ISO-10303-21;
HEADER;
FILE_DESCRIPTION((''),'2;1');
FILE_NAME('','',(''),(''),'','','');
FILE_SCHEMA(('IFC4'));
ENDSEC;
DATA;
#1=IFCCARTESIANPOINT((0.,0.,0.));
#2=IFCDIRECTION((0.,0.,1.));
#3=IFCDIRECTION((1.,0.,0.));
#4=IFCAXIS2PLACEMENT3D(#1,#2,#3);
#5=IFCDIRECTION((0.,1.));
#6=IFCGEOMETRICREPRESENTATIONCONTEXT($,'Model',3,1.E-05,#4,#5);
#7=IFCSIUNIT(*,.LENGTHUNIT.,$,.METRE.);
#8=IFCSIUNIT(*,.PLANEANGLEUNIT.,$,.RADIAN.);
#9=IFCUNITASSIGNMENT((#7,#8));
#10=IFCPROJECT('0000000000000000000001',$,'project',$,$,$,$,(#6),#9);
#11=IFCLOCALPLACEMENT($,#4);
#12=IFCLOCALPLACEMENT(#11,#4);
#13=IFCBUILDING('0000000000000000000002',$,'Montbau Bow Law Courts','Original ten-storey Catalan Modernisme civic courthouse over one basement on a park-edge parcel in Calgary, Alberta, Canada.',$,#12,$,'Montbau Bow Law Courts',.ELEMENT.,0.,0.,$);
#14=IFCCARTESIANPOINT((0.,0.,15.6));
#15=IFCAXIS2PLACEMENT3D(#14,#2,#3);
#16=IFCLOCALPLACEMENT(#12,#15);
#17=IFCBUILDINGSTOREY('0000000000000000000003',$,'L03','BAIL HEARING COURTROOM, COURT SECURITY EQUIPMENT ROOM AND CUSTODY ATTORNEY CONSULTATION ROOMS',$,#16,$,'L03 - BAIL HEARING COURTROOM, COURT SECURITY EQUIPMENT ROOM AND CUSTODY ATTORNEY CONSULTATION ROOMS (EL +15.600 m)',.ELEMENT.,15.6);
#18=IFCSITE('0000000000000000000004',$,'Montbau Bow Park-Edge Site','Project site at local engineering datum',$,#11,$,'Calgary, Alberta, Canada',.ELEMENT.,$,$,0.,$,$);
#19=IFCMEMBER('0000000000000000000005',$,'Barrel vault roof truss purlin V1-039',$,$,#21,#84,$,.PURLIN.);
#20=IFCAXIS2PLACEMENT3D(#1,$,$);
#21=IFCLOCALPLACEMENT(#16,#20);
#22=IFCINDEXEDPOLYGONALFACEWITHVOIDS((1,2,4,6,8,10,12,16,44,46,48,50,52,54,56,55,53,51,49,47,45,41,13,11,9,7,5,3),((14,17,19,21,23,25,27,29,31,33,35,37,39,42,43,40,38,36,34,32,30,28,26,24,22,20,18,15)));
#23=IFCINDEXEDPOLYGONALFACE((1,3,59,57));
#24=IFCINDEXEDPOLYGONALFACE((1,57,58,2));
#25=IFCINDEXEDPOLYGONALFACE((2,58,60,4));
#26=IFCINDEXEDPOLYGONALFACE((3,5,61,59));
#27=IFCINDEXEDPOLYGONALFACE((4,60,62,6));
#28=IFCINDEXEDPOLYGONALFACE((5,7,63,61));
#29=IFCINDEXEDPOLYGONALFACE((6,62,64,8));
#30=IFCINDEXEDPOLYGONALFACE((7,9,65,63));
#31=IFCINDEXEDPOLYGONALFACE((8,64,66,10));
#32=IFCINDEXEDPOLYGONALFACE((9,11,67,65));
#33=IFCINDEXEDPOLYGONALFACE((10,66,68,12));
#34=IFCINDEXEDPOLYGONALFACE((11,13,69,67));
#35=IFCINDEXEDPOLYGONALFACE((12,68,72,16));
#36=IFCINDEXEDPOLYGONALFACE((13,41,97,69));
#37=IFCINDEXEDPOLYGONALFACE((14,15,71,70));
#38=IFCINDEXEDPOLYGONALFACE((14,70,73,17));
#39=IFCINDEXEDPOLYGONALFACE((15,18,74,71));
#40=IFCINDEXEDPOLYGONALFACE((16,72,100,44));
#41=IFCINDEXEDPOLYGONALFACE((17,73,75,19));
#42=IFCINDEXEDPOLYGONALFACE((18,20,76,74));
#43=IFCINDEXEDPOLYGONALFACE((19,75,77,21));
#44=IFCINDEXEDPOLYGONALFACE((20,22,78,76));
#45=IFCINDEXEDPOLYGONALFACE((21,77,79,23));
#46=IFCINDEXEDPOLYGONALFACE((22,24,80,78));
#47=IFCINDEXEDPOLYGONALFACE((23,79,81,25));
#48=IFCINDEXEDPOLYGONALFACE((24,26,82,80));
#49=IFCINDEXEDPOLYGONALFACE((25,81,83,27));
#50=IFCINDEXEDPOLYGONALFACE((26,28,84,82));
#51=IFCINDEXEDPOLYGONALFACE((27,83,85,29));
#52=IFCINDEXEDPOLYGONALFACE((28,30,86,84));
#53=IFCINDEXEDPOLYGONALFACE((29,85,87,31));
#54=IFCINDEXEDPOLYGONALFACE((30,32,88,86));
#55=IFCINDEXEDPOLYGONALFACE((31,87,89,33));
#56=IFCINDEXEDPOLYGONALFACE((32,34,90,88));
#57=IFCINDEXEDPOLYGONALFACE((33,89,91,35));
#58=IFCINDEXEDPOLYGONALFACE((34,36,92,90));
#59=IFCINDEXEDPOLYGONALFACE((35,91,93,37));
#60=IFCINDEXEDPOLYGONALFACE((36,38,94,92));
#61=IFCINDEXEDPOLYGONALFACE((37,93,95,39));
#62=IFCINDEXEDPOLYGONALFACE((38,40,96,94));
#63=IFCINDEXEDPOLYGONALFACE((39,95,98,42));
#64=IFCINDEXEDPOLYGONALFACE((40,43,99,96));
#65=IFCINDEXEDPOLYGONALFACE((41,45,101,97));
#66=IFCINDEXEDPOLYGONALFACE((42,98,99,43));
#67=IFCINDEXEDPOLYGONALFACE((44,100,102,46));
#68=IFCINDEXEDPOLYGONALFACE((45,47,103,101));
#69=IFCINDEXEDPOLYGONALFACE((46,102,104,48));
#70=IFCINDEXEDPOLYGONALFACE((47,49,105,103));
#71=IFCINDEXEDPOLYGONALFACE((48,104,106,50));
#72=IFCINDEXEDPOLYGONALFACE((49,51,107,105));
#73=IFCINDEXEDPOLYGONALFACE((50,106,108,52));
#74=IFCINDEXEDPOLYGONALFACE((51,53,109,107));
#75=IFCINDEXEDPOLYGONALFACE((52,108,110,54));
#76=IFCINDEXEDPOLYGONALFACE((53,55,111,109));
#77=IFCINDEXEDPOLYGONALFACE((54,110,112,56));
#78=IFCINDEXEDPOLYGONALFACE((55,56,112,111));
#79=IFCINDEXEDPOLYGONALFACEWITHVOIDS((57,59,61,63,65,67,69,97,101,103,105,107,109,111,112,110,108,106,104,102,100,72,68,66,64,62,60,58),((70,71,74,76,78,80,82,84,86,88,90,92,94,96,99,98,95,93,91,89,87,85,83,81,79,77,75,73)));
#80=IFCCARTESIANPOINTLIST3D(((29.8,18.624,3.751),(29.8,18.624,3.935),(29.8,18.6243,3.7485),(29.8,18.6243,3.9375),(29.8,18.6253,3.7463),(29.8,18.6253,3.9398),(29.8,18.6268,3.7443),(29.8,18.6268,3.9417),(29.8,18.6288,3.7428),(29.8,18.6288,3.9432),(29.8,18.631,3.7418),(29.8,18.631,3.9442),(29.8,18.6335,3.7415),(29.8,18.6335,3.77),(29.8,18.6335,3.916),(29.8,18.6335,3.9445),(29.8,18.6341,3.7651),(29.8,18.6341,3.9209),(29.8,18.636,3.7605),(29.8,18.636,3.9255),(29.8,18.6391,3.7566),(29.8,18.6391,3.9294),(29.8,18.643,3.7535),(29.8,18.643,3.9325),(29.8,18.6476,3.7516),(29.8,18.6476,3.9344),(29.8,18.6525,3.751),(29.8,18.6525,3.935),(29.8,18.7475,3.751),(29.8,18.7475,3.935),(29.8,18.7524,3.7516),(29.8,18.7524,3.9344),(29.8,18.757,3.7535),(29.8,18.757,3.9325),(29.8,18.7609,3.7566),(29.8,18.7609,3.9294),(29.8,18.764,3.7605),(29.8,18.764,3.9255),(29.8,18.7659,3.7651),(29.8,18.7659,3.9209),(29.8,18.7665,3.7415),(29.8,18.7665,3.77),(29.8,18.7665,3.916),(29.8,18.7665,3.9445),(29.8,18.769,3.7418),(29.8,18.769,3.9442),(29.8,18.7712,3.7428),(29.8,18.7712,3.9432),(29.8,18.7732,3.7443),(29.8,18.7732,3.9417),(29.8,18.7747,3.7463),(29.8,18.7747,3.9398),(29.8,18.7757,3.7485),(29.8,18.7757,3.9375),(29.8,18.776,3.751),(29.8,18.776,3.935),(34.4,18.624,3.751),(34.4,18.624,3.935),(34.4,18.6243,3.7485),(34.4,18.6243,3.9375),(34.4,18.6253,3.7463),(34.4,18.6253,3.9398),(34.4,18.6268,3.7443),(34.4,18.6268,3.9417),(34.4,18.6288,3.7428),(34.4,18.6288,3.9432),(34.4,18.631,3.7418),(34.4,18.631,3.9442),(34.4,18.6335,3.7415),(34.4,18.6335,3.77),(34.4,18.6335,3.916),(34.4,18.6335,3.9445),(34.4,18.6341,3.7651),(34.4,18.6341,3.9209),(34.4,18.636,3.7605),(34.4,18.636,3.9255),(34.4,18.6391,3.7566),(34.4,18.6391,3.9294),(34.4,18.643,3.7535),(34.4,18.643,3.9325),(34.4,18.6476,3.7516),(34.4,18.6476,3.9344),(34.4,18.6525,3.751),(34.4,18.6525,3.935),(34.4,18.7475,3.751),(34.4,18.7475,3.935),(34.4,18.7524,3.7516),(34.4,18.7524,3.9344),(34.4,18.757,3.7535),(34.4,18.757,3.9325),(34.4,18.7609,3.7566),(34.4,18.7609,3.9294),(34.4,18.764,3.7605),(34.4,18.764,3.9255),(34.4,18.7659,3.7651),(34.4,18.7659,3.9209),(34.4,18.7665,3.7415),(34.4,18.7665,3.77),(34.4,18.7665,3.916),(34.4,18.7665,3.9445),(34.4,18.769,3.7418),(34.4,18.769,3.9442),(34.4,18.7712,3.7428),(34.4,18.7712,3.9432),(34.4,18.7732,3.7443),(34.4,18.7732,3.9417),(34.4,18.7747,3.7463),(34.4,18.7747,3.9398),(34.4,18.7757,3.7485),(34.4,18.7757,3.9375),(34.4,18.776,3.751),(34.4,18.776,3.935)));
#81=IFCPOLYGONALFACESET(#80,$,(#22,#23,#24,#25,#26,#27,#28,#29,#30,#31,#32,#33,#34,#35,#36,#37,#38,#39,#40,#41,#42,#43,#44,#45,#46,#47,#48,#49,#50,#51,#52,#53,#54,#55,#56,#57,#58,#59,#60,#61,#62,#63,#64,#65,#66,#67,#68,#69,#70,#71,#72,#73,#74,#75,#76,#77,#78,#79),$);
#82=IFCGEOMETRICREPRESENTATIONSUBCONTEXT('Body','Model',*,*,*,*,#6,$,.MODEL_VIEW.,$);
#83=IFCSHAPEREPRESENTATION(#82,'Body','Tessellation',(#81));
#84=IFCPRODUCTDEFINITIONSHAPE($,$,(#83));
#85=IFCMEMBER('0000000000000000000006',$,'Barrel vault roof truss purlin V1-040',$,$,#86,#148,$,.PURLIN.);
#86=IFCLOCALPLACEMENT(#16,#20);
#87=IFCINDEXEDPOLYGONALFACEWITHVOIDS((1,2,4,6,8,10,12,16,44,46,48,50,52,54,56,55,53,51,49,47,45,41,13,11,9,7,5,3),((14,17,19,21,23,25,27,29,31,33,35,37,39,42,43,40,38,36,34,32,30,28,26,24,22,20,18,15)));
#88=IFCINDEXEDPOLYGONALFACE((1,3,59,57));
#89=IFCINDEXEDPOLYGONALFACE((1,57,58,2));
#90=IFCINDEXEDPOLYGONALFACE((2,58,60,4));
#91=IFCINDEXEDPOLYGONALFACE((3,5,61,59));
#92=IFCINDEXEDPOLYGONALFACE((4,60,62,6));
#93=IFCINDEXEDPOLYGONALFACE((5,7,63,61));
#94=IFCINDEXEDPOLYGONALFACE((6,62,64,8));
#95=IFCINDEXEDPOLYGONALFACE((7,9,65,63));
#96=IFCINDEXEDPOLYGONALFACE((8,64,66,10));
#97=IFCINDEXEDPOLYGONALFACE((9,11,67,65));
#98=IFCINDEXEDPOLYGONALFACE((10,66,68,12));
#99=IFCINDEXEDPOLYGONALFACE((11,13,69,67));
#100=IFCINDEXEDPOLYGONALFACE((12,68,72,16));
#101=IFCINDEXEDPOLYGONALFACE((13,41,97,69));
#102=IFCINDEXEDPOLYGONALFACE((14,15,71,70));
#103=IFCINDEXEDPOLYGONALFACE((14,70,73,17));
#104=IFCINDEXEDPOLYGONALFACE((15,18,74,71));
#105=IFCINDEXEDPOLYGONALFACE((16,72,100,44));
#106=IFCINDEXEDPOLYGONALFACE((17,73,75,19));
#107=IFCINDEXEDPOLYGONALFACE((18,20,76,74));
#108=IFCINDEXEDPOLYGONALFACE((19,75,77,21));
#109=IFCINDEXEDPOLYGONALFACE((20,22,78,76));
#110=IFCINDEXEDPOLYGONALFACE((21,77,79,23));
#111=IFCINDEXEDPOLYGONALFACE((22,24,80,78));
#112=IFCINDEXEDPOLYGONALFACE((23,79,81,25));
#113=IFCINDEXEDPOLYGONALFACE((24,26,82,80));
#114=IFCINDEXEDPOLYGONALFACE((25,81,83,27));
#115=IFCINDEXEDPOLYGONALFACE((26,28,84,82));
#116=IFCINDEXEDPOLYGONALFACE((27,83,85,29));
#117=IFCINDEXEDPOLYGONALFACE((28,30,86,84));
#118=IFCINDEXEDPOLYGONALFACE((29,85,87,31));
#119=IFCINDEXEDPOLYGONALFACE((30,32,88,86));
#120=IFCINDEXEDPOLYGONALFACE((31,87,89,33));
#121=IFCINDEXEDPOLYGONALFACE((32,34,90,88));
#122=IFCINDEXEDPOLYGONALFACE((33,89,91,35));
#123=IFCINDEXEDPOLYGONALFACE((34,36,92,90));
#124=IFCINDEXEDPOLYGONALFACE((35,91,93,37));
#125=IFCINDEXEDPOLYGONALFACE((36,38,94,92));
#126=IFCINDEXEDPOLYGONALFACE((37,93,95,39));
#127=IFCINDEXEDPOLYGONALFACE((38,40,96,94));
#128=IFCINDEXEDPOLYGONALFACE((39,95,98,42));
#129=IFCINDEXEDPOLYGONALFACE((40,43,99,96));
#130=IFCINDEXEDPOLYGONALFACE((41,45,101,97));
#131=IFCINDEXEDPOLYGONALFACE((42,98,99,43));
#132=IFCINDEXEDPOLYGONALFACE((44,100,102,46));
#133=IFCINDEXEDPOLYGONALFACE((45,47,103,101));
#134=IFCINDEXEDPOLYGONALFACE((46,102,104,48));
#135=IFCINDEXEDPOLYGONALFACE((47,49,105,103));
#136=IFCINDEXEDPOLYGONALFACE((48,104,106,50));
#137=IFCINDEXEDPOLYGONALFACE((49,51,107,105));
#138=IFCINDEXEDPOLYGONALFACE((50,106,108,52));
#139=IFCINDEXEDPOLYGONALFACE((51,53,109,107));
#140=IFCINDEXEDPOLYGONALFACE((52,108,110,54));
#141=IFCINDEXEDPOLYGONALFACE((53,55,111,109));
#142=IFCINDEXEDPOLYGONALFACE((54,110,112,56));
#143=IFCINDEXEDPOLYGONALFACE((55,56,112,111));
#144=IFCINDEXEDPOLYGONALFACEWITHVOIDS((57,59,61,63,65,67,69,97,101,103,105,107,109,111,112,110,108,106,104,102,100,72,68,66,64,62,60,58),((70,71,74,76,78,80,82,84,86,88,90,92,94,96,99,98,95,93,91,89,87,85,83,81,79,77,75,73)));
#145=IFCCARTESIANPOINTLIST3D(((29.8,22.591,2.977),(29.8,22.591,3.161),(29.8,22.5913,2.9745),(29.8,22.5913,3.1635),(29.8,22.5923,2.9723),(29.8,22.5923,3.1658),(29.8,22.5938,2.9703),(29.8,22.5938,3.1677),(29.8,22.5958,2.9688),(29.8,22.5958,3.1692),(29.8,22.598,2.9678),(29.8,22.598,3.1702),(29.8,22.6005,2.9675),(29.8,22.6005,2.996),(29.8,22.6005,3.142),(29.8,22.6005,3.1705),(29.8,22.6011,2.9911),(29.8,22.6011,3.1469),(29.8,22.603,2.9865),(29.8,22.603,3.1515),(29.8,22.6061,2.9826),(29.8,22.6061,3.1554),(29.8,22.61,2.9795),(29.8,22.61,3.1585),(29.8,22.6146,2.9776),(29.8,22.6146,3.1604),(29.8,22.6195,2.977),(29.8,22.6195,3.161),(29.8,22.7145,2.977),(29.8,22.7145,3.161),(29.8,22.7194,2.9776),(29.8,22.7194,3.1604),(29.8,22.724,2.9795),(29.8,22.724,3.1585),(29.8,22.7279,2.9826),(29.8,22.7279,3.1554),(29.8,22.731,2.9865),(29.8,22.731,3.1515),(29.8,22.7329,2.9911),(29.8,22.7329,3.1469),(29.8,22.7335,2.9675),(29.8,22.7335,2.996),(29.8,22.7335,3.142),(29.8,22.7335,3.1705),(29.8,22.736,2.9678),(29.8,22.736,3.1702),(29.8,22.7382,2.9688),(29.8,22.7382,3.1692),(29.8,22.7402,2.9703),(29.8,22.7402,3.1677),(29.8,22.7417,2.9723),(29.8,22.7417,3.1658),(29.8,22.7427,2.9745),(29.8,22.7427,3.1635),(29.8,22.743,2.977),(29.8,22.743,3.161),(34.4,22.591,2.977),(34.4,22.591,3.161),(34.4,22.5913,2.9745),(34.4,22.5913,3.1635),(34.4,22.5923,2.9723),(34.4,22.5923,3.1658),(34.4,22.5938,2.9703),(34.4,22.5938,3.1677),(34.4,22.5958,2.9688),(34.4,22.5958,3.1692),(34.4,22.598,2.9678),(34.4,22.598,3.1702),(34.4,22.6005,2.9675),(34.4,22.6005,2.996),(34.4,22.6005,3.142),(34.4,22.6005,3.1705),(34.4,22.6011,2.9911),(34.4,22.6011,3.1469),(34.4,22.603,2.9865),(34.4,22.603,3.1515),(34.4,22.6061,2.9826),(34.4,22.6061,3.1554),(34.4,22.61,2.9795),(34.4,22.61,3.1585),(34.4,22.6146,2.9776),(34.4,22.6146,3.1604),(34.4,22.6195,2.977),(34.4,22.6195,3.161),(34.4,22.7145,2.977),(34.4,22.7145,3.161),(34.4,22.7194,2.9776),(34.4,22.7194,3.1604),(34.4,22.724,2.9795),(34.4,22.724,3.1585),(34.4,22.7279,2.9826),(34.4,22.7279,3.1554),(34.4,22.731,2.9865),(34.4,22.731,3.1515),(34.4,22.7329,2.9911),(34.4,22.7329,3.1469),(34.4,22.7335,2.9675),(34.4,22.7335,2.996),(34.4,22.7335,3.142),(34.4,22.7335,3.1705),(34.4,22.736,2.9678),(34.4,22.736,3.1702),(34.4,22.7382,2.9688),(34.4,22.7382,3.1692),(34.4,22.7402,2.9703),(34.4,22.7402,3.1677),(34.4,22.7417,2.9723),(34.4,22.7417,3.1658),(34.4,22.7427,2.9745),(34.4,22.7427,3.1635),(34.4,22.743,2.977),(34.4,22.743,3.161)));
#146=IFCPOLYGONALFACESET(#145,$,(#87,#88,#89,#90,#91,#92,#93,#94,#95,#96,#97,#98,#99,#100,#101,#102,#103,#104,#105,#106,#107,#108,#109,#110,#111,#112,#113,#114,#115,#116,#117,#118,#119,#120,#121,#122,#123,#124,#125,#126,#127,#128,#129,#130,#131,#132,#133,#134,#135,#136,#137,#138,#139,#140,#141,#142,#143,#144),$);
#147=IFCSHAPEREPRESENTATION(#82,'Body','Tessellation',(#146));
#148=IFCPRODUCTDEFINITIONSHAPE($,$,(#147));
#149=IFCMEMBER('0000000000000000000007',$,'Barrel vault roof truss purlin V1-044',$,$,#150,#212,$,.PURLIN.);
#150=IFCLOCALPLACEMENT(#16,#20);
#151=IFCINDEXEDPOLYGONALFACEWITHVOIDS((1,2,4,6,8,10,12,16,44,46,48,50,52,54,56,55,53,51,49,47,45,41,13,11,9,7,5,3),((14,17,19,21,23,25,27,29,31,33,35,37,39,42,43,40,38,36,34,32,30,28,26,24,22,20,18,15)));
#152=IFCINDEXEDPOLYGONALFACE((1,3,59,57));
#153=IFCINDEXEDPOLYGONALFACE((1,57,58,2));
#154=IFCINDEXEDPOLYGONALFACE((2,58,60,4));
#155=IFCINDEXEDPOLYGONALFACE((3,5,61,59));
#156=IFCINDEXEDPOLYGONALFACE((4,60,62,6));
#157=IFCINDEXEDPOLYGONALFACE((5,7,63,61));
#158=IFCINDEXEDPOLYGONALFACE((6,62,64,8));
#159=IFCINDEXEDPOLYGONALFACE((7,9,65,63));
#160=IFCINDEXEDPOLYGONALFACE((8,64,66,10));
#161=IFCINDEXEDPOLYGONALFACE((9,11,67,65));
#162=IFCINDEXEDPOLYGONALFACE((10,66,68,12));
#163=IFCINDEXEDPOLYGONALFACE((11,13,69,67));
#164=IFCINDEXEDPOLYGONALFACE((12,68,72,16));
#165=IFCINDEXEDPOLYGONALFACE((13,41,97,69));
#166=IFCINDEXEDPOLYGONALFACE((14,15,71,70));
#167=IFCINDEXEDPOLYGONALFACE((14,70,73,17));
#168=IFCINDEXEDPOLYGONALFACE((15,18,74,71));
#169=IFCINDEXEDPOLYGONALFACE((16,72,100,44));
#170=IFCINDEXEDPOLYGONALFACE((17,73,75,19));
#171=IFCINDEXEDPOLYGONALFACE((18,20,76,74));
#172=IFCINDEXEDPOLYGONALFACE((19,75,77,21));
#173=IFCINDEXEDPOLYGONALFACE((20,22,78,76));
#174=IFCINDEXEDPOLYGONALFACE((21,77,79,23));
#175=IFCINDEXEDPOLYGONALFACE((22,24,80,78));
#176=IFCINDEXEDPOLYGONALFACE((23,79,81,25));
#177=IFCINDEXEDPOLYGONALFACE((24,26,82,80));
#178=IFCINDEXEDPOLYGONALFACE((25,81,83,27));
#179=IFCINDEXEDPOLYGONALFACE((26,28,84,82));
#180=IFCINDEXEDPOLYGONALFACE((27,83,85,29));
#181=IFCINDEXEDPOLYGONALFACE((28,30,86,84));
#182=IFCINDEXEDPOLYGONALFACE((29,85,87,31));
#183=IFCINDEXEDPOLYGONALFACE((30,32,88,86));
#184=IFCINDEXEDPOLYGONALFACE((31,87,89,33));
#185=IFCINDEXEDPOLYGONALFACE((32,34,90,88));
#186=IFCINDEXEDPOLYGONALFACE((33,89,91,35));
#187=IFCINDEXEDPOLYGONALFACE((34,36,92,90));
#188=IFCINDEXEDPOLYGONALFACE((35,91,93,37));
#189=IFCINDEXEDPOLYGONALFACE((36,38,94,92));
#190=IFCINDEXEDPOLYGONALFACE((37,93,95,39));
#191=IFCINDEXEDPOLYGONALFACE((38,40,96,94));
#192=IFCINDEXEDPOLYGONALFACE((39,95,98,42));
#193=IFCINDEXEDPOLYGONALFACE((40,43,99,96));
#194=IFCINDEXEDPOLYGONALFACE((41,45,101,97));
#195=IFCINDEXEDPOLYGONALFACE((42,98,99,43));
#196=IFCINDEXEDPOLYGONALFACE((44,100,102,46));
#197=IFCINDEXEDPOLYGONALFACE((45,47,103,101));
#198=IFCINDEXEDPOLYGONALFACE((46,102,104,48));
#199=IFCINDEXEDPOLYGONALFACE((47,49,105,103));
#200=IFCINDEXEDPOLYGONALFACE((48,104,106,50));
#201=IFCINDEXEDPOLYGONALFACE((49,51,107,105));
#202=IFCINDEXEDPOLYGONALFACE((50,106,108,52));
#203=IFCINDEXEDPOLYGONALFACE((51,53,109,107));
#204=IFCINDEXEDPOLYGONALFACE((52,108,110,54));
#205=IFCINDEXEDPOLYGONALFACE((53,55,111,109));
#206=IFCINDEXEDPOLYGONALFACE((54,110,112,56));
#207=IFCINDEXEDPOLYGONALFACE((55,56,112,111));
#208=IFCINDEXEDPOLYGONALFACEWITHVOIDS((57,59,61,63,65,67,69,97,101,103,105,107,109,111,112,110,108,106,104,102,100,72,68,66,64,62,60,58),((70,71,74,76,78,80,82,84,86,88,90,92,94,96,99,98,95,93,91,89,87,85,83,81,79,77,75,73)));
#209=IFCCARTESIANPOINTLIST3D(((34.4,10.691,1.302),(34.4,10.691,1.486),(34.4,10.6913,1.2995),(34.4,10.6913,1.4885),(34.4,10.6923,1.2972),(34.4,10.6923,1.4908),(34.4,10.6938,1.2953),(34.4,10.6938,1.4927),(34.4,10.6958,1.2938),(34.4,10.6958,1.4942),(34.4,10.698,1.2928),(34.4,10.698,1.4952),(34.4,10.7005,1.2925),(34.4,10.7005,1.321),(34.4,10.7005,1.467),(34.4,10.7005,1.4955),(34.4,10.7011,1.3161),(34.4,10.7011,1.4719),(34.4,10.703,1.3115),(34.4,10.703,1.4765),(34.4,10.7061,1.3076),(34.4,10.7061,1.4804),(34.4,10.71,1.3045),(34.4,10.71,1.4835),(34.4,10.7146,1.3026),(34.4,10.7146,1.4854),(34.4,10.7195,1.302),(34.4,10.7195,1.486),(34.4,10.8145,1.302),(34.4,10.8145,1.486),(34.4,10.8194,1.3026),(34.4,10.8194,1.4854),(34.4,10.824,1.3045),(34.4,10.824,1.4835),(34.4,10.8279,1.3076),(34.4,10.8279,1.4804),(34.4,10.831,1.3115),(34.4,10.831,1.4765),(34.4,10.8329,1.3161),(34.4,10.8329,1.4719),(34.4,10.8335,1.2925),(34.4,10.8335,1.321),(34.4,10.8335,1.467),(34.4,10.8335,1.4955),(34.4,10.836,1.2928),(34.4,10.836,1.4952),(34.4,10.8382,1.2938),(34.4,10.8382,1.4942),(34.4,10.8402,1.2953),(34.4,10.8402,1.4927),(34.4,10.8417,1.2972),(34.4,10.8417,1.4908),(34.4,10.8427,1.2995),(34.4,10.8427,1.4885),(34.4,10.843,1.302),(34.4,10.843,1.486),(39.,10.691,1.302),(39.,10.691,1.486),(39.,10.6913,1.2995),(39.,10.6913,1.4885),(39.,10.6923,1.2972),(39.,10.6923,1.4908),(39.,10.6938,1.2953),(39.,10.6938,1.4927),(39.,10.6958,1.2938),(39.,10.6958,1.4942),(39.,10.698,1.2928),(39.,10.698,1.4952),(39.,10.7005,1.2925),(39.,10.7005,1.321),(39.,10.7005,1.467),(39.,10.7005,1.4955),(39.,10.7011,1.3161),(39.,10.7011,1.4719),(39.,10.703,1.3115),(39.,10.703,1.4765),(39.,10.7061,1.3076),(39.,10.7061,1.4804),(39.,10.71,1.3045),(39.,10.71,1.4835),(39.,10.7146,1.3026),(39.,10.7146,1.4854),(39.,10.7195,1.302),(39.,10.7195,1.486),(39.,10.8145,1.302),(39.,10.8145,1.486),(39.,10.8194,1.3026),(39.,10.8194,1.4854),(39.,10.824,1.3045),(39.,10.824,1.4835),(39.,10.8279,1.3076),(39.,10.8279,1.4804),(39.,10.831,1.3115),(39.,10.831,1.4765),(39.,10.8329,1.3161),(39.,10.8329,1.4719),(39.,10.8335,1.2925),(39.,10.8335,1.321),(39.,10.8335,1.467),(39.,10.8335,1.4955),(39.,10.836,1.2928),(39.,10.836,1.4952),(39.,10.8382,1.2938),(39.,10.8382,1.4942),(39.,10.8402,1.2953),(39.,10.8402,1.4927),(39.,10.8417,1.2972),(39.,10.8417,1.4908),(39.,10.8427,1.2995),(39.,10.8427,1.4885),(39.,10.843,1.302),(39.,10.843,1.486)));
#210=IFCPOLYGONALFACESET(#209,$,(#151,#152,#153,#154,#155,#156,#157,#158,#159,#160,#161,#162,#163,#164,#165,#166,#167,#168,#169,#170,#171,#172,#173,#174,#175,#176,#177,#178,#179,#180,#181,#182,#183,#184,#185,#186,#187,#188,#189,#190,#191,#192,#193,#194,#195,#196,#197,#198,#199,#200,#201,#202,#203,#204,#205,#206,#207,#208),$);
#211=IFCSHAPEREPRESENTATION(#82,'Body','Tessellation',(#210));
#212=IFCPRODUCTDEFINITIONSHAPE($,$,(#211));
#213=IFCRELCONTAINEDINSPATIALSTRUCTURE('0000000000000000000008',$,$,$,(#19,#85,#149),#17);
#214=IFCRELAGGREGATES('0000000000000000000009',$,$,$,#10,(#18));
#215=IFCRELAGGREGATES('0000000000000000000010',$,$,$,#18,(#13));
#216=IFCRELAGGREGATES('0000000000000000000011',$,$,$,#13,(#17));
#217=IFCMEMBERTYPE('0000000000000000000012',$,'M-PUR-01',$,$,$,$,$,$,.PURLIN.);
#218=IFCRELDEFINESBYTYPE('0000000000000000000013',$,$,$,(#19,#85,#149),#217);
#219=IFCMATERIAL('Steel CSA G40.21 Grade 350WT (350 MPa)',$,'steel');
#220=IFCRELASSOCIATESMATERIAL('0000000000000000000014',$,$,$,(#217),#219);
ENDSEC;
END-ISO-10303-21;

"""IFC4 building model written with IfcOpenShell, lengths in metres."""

from ifc_helpers import new_model, si_unit, direction, frame, origin_with_axes, origin_2d_with_axis, place, context, subcontext, project, spatial, hollow_rectangle, extrude, material, material_profile, profile_set, type_object, element, save


model = new_model("IFC4")

# Units and contexts
model_context = context("Model", 3, precision=1e-05, world=origin_with_axes(), true_north=direction((0.0, 1.0)))
body_context = subcontext(model_context, "Body", "Model", "MODEL_VIEW")
ifc_project = project(units=[si_unit("LENGTHUNIT", "METRE"), si_unit("PLANEANGLEUNIT", "RADIAN")], contexts=[model_context])

# Site, building, storey
site_placement = place(None, origin_with_axes())
site = spatial("IfcSite", under=ifc_project, at=site_placement, Name="Montbau Bow Park-Edge Site", Description="Project site at local engineering datum", LongName="Calgary, Alberta, Canada", CompositionType="ELEMENT", RefElevation=0.0)
building_placement = place(site_placement, origin_with_axes())
building = spatial("IfcBuilding", under=site, at=building_placement, Name="Montbau Bow Law Courts", Description="Original ten-storey Catalan Modernisme civic courthouse over one basement on a park-edge parcel in Calgary, Alberta, Canada.", LongName="Montbau Bow Law Courts", CompositionType="ELEMENT", ElevationOfRefHeight=0.0, ElevationOfTerrain=0.0)
storey_placement = place(building_placement, frame((0.0, 0.0, 15.6), z_axis=(0.0, 0.0, 1.0), x_axis=(1.0, 0.0, 0.0)))
storey = spatial("IfcBuildingStorey", under=building, at=storey_placement, Name="L03", Description="BAIL HEARING COURTROOM, COURT SECURITY EQUIPMENT ROOM AND CUSTODY ATTORNEY CONSULTATION ROOMS", LongName="L03 - BAIL HEARING COURTROOM, COURT SECURITY EQUIPMENT ROOM AND CUSTODY ATTORNEY CONSULTATION ROOMS (EL +15.600 m)", CompositionType="ELEMENT", Elevation=15.6)

# Shared definitions
ifc_material_1 = material(Name="Steel CSA G40.21 Grade 350WT (350 MPa)", Category="steel")

# Members
ifc_material_profile_1 = material_profile(ifc_material_1, hollow_rectangle(XDim=0.152, YDim=0.203, WallThickness=0.0095, InnerFilletRadius=0.019, OuterFilletRadius=0.0095, at=origin_2d_with_axis()), Name="HSS203X152X9.5", Category="Main", Priority=0)
ifc_profile_set_1 = profile_set([ifc_material_profile_1], Name="Steel CSA G40.21 Grade 350WT (350 MPa)")
member_type_1 = type_object("IfcMemberType", Name="M-PUR-01", PredefinedType="PURLIN", material=ifc_profile_set_1)
for number, where, z_axis, x_axis, name in (
    (1, (29.8, 18.7, 19.443), (1.0, 0.0, 0.0), (0.0, 1.0, 0.0), "Barrel vault roof truss purlin V1-039"),
    (2, (29.8, 22.667, 18.669), (1.0, 0.0, 0.0), (0.0, 1.0, 0.0), "Barrel vault roof truss purlin V1-040"),
    (3, (34.4, 10.767, 16.994), (1.0, 0.0, 0.0), (0.0, 1.0, 0.0), "Barrel vault roof truss purlin V1-044"),
):
    element("IfcMember", number, at=place(None, frame(where, z_axis=z_axis, x_axis=x_axis)), inside=storey, type_object=member_type_1, Name=name, PredefinedType="PURLIN", context=body_context, shape_type="SweptSolid", body=[
        extrude(hollow_rectangle(XDim=0.152, YDim=0.203, WallThickness=0.0095, InnerFilletRadius=0.019, OuterFilletRadius=0.0095, at=origin_2d_with_axis()), origin_with_axes(), (0.0, 0.0, 1.0), 4.6),
    ])

save(model, "model.ifc")
